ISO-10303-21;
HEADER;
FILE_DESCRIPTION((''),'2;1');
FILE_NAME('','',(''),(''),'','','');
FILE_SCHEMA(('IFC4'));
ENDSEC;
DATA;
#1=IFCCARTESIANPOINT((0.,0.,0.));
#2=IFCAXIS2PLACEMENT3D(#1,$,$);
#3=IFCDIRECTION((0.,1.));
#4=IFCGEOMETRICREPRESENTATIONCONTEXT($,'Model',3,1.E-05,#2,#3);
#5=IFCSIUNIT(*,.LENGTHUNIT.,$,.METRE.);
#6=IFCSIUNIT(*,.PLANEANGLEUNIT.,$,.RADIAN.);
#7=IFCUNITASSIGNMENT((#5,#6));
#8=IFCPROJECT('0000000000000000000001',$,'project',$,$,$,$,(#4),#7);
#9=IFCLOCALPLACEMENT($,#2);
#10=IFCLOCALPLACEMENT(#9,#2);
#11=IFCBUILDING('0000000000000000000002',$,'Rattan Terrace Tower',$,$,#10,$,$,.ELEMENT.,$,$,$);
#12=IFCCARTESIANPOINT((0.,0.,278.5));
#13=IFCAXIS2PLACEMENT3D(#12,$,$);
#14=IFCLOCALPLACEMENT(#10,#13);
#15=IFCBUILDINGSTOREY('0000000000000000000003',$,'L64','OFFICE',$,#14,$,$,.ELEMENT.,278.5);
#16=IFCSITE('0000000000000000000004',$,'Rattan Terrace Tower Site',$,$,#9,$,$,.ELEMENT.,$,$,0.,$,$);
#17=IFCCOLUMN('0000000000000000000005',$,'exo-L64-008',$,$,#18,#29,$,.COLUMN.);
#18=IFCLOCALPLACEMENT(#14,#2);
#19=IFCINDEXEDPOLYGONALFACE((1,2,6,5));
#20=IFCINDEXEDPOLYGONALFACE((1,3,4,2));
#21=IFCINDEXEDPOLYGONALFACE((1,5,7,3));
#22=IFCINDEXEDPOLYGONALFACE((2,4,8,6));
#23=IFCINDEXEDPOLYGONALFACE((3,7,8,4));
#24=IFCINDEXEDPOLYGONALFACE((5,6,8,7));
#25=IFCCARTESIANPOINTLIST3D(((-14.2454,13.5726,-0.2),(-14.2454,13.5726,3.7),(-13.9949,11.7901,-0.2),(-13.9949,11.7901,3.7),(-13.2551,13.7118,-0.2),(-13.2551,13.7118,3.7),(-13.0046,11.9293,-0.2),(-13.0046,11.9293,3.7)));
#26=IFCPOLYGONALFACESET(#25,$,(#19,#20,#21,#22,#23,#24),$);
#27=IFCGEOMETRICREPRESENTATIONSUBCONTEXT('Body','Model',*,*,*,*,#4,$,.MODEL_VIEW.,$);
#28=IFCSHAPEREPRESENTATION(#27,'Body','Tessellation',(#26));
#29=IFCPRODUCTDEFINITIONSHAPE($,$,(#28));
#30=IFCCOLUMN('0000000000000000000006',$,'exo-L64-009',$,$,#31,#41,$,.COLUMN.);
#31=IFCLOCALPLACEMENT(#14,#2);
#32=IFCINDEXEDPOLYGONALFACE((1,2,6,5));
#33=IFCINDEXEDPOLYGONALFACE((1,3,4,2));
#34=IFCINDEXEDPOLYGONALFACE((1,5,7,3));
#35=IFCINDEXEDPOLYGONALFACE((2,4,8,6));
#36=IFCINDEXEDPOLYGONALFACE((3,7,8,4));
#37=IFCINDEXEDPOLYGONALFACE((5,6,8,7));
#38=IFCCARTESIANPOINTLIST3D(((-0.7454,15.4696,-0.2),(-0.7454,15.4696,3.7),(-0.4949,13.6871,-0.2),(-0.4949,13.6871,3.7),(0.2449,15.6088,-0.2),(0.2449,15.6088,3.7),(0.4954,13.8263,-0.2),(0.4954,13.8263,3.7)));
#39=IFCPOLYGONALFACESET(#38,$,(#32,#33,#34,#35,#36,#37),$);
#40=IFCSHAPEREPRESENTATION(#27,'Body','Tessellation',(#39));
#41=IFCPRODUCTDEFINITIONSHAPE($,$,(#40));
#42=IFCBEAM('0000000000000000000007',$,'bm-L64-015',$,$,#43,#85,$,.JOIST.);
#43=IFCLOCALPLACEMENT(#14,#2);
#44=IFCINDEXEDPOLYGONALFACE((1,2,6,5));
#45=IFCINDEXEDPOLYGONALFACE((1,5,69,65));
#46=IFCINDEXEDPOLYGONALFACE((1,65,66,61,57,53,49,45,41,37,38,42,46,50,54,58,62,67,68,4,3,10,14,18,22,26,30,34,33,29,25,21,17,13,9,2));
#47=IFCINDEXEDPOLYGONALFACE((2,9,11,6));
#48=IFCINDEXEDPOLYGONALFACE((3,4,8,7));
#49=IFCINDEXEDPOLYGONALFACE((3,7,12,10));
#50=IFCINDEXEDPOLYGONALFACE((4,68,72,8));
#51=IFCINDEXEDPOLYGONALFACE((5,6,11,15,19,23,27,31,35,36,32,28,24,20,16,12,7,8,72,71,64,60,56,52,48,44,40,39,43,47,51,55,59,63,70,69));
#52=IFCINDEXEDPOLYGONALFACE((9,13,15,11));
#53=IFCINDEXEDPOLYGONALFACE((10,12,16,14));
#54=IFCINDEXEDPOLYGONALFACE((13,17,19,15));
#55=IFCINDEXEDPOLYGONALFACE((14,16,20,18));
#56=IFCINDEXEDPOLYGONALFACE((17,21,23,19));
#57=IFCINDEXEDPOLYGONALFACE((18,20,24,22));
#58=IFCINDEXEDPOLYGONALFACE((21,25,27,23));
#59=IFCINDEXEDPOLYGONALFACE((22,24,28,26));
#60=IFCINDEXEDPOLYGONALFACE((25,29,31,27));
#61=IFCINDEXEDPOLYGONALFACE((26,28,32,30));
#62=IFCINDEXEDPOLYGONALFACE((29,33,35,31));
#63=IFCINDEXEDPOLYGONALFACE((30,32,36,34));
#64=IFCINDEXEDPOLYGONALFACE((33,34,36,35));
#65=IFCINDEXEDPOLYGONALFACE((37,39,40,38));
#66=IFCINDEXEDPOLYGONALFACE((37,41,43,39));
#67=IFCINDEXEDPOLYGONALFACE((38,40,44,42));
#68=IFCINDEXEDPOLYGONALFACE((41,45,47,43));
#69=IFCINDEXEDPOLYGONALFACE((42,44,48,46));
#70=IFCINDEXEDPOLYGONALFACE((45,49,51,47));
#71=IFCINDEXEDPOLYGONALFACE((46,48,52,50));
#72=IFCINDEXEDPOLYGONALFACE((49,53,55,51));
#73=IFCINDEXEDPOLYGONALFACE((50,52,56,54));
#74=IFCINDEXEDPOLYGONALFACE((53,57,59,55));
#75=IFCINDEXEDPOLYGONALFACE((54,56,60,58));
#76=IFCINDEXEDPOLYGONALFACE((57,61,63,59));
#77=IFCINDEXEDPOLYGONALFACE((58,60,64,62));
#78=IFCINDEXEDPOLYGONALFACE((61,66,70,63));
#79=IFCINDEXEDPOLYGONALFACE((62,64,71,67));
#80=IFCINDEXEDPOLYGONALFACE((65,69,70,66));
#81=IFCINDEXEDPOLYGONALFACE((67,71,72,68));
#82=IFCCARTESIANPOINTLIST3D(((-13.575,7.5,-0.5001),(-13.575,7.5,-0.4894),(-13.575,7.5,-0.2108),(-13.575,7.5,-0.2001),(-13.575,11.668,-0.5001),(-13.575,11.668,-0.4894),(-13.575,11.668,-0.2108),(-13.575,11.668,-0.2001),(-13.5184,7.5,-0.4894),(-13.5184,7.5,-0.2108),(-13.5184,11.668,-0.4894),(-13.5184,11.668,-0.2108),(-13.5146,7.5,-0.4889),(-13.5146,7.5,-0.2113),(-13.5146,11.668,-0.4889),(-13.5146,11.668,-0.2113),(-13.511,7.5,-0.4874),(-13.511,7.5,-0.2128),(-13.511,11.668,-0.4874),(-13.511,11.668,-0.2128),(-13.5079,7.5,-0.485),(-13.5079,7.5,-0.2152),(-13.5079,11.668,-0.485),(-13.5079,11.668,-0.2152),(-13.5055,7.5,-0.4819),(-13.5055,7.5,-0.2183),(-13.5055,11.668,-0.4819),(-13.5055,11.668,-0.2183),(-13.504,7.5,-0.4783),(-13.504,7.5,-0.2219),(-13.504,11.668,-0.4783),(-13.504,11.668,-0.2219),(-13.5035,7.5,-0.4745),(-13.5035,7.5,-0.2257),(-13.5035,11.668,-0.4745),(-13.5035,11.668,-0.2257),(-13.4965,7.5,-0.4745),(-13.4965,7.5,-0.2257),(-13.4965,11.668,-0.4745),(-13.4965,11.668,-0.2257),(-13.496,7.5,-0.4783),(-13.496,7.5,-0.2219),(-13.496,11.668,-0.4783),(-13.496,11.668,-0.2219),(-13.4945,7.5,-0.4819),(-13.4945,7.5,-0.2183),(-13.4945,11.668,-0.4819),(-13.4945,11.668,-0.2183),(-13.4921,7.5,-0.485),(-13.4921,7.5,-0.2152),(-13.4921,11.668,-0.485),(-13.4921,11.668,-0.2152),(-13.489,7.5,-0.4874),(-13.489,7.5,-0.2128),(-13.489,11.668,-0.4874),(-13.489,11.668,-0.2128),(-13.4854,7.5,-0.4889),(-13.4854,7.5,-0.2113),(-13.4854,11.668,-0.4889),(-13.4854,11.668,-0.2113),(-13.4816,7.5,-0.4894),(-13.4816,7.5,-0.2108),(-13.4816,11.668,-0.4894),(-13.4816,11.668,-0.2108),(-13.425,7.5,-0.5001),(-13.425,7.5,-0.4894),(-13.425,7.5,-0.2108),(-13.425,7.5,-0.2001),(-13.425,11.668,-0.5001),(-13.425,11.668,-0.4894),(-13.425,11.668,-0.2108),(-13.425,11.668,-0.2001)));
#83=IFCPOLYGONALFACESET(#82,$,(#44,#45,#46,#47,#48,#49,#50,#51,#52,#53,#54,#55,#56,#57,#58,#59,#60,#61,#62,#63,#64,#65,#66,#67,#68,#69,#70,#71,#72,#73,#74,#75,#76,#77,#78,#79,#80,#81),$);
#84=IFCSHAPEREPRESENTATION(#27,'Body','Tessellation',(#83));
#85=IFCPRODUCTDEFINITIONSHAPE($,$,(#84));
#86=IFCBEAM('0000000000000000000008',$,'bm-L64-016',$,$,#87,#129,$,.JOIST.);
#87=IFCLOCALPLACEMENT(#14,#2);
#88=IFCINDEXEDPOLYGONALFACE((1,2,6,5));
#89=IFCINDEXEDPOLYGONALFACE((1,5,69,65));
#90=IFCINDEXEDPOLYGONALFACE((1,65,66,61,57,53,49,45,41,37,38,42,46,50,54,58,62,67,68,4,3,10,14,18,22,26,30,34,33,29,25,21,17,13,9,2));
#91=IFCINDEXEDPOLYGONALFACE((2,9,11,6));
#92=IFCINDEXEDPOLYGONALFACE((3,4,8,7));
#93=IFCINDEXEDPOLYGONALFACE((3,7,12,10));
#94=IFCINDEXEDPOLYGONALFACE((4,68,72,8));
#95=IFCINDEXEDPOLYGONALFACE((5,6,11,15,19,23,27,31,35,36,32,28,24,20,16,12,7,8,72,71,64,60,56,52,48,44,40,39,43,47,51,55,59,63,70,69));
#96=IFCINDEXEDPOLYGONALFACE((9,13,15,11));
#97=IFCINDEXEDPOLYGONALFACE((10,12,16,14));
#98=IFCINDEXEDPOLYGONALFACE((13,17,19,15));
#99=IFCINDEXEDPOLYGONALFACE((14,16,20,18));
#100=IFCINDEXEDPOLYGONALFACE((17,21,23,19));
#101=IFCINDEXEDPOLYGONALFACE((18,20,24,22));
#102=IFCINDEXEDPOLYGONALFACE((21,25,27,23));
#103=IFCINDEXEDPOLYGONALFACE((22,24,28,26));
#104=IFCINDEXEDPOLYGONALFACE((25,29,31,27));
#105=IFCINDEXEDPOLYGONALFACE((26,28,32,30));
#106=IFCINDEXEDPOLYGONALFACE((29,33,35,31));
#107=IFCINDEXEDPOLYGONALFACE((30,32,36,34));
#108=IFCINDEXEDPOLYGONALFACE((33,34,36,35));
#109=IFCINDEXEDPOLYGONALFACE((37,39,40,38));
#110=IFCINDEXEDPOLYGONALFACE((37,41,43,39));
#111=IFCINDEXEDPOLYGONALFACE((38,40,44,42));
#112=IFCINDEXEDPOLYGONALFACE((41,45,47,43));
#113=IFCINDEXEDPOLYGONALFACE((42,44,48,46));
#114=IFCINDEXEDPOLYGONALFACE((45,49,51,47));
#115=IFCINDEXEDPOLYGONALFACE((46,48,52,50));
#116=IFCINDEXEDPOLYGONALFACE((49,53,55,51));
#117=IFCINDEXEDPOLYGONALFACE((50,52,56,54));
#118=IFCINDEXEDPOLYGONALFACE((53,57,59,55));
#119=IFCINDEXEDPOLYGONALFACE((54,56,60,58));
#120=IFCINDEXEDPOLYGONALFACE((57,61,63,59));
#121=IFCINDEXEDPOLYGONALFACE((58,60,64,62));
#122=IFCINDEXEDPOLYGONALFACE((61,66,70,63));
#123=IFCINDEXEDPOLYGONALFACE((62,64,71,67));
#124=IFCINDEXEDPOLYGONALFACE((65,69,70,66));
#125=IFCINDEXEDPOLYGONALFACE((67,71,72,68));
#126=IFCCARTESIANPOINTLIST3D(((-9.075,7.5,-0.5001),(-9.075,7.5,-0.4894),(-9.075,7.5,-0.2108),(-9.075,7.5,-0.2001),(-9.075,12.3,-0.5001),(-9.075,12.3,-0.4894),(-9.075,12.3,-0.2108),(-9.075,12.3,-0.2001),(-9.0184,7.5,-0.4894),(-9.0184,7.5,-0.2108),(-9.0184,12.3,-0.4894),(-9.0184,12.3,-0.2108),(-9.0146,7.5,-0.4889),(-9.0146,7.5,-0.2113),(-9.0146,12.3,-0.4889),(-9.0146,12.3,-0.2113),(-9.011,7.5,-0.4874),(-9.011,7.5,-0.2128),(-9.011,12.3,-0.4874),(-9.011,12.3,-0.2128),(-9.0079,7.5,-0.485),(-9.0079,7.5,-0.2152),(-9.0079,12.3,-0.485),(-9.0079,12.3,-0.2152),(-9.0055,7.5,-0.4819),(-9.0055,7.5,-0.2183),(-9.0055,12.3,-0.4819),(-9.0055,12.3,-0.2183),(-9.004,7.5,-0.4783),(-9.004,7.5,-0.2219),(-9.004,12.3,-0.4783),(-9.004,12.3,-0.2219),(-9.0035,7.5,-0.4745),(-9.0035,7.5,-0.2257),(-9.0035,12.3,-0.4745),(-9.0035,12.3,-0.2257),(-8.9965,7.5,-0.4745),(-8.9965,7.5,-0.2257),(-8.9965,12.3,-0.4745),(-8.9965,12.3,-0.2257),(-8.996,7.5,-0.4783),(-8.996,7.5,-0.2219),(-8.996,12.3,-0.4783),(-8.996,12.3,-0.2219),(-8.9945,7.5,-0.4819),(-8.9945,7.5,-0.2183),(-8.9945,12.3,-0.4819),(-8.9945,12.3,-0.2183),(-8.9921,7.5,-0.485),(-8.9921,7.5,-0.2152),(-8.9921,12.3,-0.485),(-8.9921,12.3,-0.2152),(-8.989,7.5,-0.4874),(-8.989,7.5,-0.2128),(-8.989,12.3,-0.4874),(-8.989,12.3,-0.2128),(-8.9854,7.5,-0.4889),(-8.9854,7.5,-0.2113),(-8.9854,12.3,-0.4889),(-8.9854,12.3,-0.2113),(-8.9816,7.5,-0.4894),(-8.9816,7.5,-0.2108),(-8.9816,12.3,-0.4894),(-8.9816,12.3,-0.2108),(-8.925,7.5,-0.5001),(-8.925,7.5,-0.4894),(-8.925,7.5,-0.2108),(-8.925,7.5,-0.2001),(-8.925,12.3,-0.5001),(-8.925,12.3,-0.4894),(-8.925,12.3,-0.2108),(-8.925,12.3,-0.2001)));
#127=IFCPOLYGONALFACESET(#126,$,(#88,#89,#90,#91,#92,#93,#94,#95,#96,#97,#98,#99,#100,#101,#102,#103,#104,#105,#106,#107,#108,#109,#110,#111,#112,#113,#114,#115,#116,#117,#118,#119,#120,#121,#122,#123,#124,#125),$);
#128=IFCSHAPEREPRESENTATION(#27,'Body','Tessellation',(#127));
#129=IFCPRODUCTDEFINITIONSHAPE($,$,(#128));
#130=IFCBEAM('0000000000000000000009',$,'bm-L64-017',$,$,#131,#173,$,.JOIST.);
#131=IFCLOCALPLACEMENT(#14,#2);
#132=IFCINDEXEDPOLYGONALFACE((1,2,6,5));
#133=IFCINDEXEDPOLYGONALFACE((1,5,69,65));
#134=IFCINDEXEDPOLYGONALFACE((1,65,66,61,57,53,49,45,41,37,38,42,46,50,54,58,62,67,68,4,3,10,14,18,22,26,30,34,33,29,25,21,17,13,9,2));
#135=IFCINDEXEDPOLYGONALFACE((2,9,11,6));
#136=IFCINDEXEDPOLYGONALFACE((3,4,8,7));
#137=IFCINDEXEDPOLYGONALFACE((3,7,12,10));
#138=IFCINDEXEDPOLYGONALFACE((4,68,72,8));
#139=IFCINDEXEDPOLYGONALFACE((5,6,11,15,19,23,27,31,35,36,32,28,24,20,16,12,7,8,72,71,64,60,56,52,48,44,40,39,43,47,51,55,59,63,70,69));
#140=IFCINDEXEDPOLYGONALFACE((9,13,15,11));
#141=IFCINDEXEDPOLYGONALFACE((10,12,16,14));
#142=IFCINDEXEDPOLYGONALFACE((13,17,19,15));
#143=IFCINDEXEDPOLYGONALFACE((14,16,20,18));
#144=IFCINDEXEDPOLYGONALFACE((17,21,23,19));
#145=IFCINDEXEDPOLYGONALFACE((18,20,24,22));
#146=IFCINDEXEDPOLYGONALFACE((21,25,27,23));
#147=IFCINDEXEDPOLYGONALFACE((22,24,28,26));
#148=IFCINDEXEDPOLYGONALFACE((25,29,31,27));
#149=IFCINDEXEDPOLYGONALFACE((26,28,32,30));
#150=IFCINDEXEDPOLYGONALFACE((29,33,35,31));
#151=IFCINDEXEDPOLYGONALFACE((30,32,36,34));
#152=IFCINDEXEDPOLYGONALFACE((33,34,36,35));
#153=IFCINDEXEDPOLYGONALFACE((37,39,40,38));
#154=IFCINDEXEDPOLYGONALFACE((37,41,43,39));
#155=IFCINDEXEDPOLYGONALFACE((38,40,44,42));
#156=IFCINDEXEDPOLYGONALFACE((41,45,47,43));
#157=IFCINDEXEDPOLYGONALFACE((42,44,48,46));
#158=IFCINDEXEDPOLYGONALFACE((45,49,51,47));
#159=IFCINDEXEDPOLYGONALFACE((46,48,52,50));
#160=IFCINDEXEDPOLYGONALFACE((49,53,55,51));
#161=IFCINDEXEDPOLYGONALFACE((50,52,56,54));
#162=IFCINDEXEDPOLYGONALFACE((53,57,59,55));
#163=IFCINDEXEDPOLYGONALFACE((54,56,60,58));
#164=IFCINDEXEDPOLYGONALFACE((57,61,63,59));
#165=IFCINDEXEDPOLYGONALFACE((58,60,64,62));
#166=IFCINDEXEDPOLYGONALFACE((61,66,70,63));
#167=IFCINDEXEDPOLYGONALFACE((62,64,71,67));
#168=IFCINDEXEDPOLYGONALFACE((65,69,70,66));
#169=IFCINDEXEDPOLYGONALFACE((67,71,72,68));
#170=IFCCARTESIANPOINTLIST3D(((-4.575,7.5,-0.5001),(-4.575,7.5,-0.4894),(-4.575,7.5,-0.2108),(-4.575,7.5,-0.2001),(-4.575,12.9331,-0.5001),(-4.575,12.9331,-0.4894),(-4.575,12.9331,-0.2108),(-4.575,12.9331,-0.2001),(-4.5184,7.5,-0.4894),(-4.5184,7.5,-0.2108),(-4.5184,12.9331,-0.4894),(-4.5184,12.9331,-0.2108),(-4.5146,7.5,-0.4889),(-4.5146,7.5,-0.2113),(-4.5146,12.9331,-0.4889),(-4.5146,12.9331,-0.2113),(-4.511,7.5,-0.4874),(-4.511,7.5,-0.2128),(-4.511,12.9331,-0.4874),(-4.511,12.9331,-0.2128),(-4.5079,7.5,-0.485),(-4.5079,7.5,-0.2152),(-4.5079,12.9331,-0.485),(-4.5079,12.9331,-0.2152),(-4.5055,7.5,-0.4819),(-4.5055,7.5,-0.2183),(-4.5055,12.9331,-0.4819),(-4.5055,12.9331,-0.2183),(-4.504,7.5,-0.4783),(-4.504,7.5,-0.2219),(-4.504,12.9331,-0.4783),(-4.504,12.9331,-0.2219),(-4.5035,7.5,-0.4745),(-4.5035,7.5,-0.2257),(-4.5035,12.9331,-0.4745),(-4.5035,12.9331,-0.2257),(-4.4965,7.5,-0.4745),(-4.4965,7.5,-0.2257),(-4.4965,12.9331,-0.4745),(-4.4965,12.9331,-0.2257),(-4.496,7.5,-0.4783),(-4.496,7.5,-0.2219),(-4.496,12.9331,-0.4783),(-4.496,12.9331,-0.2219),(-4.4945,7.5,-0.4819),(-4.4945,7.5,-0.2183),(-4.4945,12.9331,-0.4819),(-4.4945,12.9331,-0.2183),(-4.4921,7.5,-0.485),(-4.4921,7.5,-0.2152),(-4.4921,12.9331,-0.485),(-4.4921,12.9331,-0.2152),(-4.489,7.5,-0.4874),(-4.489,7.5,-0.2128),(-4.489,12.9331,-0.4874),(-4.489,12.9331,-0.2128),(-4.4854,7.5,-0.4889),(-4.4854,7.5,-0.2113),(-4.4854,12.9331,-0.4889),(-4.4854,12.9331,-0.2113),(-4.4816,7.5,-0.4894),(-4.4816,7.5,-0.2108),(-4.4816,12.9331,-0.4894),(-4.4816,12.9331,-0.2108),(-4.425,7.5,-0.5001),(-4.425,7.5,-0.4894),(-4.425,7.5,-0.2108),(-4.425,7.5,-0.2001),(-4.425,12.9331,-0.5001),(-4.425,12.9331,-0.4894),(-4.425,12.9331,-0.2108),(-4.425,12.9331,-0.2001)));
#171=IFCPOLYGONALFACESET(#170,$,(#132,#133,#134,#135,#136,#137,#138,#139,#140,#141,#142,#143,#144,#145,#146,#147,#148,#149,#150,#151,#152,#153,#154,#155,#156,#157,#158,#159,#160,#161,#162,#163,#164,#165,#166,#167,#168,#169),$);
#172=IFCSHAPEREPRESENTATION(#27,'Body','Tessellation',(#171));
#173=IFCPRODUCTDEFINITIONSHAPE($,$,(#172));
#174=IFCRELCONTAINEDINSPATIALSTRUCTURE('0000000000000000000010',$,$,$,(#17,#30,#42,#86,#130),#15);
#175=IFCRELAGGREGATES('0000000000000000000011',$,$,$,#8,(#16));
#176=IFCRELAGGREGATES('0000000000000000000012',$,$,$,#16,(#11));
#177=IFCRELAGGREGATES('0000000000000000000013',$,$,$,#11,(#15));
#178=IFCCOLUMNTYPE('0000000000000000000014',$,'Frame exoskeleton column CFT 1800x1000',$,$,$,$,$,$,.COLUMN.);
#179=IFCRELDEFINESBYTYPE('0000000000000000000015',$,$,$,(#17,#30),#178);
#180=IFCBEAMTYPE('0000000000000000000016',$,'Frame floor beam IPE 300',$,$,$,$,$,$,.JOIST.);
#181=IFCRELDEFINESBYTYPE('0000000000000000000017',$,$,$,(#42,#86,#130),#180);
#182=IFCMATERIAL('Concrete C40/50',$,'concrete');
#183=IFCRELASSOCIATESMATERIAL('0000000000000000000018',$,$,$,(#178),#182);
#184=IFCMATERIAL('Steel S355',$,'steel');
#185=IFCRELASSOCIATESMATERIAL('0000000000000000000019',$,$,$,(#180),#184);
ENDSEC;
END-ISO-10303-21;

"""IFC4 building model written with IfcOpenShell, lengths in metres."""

from ifc_helpers import new_model, si_unit, direction, frame, origin, origin_2d, place, context, subcontext, project, spatial, rectangle, i_section, extrude, material, material_profile, profile_set, type_object, element, save


model = new_model("IFC4")

# Units and contexts
model_context = context("Model", 3, precision=1e-05, world=origin(), true_north=direction((0.0, 1.0)))
body_context = subcontext(model_context, "Body", "Model", "MODEL_VIEW")
ifc_project = project(units=[si_unit("LENGTHUNIT", "METRE"), si_unit("PLANEANGLEUNIT", "RADIAN")], contexts=[model_context])

# Site, building, storey
site_placement = place(None, origin())
site = spatial("IfcSite", under=ifc_project, at=site_placement, Name="Rattan Terrace Tower Site", CompositionType="ELEMENT", RefElevation=0.0)
building_placement = place(site_placement, origin())
building = spatial("IfcBuilding", under=site, at=building_placement, Name="Rattan Terrace Tower", CompositionType="ELEMENT")
storey_placement = place(building_placement, frame((0.0, 0.0, 278.5)))
storey = spatial("IfcBuildingStorey", under=building, at=storey_placement, Name="L64", Description="OFFICE", CompositionType="ELEMENT", Elevation=278.5)

# Columns
ifc_material_1 = material(Name="Concrete C40/50", Category="concrete")
ifc_material_profile_1 = material_profile(ifc_material_1, rectangle(XDim=1.0, YDim=1.8, at=origin_2d()), Name="CFT 1800x1000")
ifc_profile_set_1 = profile_set([ifc_material_profile_1], Name="Concrete C40/50")
column_type = type_object("IfcColumnType", Name="Frame exoskeleton column CFT 1800x1000", PredefinedType="COLUMN", material=ifc_profile_set_1)
for number, where, z_axis, x_axis, name in (
    (1, (-13.625, 12.751, -0.2), (0.0, 0.0, 1.0), (0.990266, 0.13919, 0.0), "exo-L64-008"),
    (2, (-0.125, 14.6479, -0.2), (0.0, 0.0, 1.0), (0.990266, 0.13919, 0.0), "exo-L64-009"),
):
    element("IfcColumn", number, at=place(storey_placement, frame(where, z_axis=z_axis, x_axis=x_axis)), inside=storey, type_object=column_type, Name=name, PredefinedType="COLUMN", context=body_context, shape_type="SweptSolid", body=[
        extrude(rectangle(XDim=1.0, YDim=1.8, at=origin_2d()), origin(), (0.0, 0.0, 1.0), 3.8999),
    ])

# Beams
ifc_material_2 = material(Name="Steel S355", Category="steel")
ifc_material_profile_2 = material_profile(ifc_material_2, i_section(OverallWidth=0.1499, OverallDepth=0.3, WebThickness=0.0071, FlangeThickness=0.0107, FilletRadius=0.0149, at=origin_2d()), Name="IPE 300")
ifc_profile_set_2 = profile_set([ifc_material_profile_2], Name="Steel S355")
beam_type_1 = type_object("IfcBeamType", Name="Frame floor beam IPE 300", PredefinedType="JOIST", material=ifc_profile_set_2)
beam_1_placement = place(storey_placement, frame((-13.5, 7.5, -0.3501), z_axis=(0.0, 1.0, 0.0), x_axis=(-1.0, 0.0, 0.0)))
element("IfcBeam", 3, at=beam_1_placement, inside=storey, type_object=beam_type_1, Name="bm-L64-015", PredefinedType="JOIST", context=body_context, shape_type="SweptSolid", body=[
    extrude(i_section(OverallWidth=0.1499, OverallDepth=0.3, WebThickness=0.0071, FlangeThickness=0.0107, FilletRadius=0.0149, at=origin_2d()), origin(), (0.0, 0.0, 1.0), 4.168),
])
beam_2_placement = place(storey_placement, frame((-9.0, 7.5, -0.3501), z_axis=(0.0, 1.0, 0.0), x_axis=(-1.0, 0.0, 0.0)))
element("IfcBeam", 4, at=beam_2_placement, inside=storey, type_object=beam_type_1, Name="bm-L64-016", PredefinedType="JOIST", context=body_context, shape_type="SweptSolid", body=[
    extrude(i_section(OverallWidth=0.1499, OverallDepth=0.3, WebThickness=0.0071, FlangeThickness=0.0107, FilletRadius=0.0149, at=origin_2d()), origin(), (0.0, 0.0, 1.0), 4.8),
])
beam_3_placement = place(storey_placement, frame((-4.5, 7.5, -0.3501), z_axis=(0.0, 1.0, 0.0), x_axis=(-1.0, 0.0, 0.0)))
element("IfcBeam", 5, at=beam_3_placement, inside=storey, type_object=beam_type_1, Name="bm-L64-017", PredefinedType="JOIST", context=body_context, shape_type="SweptSolid", body=[
    extrude(i_section(OverallWidth=0.1499, OverallDepth=0.3, WebThickness=0.0071, FlangeThickness=0.0107, FilletRadius=0.0149, at=origin_2d()), origin(), (0.0, 0.0, 1.0), 5.4331),
])

save(model, "model.ifc")
